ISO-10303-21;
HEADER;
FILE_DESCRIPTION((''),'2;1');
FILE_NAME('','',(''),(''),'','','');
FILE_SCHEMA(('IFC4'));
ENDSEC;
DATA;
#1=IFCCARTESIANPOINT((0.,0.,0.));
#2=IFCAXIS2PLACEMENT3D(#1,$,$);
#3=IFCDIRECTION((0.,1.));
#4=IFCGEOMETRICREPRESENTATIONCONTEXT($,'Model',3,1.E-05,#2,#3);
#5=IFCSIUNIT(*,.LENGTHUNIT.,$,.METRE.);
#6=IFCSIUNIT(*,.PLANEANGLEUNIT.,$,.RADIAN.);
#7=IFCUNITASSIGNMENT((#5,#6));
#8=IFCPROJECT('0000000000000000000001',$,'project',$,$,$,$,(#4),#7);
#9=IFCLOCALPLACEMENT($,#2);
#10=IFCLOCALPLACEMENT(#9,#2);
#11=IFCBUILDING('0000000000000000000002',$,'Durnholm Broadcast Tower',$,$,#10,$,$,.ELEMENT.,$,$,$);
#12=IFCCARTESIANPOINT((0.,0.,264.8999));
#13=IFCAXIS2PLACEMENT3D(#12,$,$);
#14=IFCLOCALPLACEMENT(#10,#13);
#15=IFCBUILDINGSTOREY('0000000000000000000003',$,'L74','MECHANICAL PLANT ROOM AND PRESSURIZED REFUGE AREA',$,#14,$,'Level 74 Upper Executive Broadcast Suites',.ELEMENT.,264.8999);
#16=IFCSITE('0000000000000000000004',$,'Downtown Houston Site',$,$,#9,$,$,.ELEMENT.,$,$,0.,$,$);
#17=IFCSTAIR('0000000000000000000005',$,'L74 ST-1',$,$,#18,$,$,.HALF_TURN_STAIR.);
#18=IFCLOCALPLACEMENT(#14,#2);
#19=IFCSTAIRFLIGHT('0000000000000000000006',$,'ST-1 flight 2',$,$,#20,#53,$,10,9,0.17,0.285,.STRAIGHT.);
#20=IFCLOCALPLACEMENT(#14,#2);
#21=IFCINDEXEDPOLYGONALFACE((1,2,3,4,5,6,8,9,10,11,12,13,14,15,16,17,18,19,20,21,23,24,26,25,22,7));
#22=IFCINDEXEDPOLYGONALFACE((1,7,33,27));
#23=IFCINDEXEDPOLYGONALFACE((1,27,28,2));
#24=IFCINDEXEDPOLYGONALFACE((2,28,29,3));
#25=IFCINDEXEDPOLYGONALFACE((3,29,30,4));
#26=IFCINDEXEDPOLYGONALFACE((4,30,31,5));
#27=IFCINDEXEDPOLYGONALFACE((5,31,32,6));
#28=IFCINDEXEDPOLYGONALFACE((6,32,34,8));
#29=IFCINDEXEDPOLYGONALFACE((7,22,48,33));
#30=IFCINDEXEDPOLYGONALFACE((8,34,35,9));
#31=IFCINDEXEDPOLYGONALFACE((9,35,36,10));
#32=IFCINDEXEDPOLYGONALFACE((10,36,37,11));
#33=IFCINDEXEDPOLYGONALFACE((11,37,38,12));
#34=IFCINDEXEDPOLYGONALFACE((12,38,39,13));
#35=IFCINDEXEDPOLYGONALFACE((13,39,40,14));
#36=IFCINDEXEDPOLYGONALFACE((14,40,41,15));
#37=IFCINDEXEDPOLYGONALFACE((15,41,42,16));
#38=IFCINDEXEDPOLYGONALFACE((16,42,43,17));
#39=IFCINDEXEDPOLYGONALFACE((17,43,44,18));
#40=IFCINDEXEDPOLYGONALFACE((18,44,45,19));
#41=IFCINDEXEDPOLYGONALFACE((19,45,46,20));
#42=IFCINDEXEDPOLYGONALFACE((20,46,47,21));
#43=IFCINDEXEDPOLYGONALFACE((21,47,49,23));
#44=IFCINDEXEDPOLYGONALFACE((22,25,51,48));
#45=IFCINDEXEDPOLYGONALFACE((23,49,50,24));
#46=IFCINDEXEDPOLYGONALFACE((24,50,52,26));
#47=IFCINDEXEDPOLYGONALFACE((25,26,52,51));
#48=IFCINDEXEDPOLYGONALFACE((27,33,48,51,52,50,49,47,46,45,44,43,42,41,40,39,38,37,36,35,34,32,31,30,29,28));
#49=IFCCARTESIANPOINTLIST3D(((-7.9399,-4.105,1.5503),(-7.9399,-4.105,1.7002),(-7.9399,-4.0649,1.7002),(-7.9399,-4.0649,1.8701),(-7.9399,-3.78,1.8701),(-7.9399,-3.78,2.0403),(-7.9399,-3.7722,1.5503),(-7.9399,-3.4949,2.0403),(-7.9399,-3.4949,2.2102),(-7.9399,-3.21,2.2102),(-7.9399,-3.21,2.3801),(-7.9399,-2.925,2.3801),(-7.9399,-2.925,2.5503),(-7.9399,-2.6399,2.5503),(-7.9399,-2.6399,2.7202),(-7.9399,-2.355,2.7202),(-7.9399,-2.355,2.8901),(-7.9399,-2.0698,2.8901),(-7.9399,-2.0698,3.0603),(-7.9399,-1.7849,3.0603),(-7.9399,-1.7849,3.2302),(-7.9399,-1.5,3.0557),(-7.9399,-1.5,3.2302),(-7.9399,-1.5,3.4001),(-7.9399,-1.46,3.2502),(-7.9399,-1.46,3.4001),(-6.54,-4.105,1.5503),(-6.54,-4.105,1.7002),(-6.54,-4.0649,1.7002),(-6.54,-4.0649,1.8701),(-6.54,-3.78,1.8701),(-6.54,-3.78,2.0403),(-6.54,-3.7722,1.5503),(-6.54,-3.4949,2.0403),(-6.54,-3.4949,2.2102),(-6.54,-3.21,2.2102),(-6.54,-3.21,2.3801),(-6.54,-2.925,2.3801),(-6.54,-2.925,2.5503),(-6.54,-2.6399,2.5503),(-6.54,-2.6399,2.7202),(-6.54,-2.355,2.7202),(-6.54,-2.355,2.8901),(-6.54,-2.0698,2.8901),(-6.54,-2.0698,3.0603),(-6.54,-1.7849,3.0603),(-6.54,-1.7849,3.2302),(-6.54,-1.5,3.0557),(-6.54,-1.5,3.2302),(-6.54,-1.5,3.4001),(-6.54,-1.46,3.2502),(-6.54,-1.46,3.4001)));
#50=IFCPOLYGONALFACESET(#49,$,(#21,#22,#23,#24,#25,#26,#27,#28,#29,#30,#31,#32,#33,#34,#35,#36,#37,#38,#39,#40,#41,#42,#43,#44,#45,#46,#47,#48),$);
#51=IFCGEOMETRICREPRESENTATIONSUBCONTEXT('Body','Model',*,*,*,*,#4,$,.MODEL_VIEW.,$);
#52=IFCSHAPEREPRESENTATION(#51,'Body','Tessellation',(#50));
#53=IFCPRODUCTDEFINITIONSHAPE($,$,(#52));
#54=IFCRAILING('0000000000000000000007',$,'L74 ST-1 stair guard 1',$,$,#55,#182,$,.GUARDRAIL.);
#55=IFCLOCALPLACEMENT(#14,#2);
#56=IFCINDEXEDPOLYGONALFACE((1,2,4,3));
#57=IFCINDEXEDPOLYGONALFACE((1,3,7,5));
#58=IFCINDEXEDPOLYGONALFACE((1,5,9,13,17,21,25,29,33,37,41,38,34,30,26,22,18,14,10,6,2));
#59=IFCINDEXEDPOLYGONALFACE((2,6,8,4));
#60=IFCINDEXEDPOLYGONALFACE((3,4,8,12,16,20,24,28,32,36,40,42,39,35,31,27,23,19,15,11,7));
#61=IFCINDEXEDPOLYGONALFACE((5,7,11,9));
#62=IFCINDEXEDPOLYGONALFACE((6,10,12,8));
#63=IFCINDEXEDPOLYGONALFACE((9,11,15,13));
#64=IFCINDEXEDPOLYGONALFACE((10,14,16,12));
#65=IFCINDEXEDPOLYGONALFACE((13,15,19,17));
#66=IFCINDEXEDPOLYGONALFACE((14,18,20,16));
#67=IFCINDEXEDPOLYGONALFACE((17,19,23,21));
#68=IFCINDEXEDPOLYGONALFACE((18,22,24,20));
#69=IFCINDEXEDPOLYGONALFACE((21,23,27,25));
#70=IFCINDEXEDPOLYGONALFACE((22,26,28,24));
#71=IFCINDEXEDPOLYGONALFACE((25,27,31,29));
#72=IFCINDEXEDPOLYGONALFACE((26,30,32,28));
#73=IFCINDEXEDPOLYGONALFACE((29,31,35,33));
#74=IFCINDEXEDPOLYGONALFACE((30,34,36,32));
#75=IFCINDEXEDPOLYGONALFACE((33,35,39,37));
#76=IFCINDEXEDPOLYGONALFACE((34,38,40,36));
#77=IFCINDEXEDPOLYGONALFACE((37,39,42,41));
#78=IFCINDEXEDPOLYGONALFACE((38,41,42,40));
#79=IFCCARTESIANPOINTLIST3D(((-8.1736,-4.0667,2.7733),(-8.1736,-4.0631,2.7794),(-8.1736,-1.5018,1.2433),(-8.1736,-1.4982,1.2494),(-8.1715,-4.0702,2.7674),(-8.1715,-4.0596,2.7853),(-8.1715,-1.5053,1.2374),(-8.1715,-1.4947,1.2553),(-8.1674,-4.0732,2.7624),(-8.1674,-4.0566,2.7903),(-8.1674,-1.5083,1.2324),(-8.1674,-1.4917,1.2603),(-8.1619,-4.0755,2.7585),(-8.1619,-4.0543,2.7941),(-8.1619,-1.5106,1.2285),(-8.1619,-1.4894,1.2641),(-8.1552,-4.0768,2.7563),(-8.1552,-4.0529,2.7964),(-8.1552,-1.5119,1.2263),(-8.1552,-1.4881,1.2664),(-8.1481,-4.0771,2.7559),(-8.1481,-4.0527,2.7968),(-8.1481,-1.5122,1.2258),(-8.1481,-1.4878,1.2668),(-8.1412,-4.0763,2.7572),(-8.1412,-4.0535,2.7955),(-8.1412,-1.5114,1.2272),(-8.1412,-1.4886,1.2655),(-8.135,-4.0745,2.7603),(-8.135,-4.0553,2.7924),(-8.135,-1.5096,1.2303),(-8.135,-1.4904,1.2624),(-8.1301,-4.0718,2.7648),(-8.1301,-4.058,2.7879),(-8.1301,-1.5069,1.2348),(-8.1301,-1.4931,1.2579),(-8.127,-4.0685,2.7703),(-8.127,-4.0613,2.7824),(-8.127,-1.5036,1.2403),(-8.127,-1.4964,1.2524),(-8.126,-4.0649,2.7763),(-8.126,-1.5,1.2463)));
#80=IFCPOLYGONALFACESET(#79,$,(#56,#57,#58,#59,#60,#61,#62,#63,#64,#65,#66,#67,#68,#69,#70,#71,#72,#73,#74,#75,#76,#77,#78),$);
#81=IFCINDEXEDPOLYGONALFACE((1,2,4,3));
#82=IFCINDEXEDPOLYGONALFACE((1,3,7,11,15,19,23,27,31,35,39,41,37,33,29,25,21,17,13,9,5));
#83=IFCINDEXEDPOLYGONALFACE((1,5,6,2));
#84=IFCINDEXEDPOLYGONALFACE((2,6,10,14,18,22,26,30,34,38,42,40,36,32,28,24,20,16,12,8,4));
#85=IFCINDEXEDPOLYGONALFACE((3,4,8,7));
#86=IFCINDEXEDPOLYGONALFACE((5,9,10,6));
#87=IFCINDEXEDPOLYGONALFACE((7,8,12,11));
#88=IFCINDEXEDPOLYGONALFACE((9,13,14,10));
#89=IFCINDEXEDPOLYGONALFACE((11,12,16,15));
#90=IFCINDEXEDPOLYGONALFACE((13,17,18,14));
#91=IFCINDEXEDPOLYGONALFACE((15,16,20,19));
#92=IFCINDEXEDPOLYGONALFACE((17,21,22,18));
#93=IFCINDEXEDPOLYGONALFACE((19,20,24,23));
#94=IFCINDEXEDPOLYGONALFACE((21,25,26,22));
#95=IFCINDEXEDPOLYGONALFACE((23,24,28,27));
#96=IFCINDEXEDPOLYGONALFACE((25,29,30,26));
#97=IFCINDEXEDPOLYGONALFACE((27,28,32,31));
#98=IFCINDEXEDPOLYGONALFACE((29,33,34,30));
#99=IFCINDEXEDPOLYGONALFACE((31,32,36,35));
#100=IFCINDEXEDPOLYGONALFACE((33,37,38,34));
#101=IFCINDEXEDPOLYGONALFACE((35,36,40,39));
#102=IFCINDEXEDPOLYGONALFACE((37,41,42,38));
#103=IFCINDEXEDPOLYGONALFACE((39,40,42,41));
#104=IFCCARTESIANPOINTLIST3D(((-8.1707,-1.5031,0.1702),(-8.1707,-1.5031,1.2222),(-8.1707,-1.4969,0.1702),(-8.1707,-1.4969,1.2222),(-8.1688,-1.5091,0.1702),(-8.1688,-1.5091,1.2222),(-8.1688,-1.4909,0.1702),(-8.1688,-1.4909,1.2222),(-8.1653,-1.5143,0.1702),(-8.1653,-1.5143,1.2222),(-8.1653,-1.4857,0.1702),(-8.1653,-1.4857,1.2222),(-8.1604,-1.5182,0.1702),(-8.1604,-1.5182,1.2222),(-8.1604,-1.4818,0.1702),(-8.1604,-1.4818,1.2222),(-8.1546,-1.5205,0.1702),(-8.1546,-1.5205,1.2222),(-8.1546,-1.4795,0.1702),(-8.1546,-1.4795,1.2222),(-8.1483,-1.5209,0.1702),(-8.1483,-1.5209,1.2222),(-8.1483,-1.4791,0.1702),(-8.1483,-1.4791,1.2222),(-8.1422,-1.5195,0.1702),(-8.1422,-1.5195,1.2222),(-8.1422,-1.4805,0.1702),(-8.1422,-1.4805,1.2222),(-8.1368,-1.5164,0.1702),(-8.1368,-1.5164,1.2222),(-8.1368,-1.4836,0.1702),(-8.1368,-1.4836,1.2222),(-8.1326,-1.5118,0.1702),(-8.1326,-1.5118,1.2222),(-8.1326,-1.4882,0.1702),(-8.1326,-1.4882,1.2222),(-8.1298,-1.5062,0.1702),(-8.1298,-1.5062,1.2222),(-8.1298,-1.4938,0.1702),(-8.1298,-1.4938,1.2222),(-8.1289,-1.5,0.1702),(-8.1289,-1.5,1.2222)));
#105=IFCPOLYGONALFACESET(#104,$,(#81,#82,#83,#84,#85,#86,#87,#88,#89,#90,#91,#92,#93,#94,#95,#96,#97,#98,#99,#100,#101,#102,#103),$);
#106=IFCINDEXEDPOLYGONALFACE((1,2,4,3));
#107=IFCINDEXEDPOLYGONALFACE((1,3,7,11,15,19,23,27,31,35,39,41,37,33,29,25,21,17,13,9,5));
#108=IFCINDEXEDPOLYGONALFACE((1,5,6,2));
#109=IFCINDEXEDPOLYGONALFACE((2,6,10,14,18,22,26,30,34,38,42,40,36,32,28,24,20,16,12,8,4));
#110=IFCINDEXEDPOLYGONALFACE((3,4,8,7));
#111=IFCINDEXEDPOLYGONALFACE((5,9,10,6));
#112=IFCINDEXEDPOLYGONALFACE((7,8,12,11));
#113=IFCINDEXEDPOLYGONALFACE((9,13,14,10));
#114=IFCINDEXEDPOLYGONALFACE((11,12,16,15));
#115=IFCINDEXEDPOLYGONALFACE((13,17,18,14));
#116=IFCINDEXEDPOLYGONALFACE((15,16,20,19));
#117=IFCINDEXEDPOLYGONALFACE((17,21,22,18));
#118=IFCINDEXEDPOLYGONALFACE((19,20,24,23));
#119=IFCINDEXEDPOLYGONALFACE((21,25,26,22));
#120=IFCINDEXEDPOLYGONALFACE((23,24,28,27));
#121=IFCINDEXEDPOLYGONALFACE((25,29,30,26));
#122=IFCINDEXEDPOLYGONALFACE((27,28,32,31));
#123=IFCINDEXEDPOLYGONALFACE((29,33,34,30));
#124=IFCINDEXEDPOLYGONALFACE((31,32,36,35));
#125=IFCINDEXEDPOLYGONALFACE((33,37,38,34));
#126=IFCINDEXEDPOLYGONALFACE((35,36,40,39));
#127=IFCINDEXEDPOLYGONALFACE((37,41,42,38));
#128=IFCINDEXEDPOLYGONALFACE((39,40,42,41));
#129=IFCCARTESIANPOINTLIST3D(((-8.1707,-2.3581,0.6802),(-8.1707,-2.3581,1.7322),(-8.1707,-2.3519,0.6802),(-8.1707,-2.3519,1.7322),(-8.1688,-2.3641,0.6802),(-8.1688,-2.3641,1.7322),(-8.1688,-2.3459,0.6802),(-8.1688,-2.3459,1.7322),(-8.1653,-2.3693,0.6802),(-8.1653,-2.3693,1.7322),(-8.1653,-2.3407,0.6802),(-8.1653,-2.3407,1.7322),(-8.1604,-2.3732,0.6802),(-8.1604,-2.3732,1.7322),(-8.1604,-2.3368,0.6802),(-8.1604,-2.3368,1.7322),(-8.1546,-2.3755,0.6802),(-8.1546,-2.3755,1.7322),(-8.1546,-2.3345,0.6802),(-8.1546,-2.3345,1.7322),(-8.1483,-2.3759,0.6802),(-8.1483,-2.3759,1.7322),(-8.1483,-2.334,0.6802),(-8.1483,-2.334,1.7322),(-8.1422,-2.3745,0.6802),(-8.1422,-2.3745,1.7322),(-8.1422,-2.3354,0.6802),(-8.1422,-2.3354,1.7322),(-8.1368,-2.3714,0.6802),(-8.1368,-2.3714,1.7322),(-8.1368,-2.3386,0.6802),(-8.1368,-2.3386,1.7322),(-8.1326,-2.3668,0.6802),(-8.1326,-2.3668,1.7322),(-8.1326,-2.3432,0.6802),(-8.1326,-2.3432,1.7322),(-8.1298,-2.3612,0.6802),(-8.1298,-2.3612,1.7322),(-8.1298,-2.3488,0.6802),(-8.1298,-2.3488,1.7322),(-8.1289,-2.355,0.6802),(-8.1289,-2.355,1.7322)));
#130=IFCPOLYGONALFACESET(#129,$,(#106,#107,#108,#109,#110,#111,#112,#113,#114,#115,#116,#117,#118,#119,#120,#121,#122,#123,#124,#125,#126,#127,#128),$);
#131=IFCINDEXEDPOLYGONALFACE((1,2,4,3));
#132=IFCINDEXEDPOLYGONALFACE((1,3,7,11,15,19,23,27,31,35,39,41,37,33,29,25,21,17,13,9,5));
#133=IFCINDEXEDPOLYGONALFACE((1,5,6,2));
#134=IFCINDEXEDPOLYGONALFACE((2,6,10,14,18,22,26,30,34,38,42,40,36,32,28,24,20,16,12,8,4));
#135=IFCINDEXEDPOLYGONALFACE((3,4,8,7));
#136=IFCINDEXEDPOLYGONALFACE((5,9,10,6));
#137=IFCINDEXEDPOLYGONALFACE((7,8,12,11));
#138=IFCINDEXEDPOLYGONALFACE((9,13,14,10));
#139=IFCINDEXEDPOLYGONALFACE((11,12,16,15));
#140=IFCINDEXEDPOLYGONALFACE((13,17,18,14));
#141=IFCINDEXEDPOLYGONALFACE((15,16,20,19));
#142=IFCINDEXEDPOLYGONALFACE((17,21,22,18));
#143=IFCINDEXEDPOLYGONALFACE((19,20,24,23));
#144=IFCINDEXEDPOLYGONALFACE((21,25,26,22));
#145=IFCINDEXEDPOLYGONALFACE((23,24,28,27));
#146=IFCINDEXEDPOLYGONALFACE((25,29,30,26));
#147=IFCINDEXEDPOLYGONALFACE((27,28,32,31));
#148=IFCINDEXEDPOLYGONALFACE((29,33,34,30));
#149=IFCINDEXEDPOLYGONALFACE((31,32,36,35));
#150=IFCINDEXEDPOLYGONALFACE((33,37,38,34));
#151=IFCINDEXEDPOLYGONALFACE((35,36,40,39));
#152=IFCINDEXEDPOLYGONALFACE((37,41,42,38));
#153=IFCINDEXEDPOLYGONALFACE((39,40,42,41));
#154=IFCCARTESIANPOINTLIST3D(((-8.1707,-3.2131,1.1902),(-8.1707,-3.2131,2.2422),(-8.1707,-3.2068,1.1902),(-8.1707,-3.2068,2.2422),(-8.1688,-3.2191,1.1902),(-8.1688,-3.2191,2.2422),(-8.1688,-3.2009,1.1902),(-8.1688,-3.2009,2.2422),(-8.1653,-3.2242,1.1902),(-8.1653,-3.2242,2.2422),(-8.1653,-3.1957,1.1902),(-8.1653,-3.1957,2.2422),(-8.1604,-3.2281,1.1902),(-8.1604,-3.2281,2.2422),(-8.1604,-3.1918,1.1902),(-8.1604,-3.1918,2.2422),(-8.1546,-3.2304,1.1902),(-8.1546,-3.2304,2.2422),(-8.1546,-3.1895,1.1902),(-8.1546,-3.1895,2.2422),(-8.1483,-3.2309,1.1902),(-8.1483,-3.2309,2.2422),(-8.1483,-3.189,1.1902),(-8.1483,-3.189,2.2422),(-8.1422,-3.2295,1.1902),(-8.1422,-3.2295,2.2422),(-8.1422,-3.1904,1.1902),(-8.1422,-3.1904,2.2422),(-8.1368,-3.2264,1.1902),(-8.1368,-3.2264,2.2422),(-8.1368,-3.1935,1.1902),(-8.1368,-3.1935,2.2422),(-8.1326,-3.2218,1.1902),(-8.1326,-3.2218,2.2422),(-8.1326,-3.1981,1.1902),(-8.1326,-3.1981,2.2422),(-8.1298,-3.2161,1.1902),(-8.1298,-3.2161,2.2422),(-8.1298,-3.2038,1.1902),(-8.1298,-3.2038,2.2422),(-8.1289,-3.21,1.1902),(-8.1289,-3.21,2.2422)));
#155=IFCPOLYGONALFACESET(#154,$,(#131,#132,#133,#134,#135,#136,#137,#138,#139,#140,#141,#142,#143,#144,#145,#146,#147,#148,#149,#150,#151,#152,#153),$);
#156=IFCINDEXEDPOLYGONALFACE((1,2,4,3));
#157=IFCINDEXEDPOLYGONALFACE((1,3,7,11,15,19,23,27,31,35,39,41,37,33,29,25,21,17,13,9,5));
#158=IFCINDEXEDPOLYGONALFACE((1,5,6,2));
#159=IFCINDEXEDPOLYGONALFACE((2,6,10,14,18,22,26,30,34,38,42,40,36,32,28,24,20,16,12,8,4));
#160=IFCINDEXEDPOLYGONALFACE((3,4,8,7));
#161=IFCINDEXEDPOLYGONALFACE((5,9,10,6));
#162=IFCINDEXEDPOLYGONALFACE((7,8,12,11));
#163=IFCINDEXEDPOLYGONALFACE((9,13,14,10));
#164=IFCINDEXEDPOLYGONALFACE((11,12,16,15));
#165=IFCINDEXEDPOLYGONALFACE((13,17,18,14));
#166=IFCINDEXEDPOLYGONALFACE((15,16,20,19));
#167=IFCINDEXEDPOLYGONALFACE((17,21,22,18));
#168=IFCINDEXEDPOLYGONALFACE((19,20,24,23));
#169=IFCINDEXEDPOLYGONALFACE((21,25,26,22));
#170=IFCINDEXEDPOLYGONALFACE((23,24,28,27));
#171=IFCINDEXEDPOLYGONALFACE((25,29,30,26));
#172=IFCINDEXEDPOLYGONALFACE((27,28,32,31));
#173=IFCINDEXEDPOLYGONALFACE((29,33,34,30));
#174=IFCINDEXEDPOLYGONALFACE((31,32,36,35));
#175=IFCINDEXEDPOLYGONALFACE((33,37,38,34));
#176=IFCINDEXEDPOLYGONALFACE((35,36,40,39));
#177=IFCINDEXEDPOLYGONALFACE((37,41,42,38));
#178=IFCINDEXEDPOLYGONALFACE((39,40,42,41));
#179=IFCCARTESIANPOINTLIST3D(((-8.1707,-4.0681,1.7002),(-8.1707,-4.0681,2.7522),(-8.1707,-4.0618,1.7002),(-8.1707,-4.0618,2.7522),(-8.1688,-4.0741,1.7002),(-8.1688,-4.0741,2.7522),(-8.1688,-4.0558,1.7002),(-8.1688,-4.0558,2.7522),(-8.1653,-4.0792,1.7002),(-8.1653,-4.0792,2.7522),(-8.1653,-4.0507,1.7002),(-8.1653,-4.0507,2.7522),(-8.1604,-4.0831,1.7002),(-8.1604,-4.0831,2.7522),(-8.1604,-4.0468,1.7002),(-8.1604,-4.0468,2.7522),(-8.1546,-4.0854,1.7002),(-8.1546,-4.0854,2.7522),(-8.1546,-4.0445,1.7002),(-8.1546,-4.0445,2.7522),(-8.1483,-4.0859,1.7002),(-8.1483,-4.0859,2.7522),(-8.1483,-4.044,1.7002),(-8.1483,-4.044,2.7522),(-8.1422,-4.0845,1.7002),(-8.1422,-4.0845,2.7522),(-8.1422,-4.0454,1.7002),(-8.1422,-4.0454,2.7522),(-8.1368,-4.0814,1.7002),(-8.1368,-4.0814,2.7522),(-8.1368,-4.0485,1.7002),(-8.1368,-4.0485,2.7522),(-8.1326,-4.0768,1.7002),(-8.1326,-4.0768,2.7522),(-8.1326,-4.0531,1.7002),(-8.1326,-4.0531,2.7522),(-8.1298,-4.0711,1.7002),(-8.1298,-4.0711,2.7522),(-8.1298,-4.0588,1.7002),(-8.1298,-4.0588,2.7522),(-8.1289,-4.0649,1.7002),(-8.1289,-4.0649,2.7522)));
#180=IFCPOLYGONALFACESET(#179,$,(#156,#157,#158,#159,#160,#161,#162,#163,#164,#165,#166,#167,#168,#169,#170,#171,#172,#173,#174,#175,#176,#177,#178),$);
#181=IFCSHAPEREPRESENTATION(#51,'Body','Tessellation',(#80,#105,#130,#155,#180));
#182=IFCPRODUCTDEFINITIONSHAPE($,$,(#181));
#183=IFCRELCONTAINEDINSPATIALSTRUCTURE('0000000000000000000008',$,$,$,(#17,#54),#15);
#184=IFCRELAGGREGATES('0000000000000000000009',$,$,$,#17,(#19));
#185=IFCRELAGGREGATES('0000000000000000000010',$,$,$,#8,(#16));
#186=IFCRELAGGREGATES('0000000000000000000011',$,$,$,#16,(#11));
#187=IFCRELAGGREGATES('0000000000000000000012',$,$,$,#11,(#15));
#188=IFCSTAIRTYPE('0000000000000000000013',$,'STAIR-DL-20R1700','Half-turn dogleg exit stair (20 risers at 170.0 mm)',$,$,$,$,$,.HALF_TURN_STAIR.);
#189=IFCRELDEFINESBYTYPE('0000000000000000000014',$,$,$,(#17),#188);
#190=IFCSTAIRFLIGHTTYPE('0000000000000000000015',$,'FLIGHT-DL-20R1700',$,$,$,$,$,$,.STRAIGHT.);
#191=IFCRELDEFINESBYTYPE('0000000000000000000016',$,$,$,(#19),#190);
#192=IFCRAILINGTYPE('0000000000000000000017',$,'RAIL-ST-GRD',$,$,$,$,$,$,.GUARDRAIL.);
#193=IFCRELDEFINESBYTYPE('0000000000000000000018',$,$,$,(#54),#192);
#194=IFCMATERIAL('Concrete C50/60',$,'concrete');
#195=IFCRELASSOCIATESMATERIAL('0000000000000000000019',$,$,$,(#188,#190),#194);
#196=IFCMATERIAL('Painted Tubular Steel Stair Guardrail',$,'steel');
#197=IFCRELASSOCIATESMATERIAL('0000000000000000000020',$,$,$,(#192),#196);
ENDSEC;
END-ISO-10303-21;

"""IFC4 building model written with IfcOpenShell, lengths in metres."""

from ifc_helpers import new_model, si_unit, direction, frame, origin, origin_2d, place, context, subcontext, project, spatial, polyline, circle, outline, extrude, material, type_object, element, aggregate, save


model = new_model("IFC4")

# Units and contexts
model_context = context("Model", 3, precision=1e-05, world=origin(), true_north=direction((0.0, 1.0)))
body_context = subcontext(model_context, "Body", "Model", "MODEL_VIEW")
ifc_project = project(units=[si_unit("LENGTHUNIT", "METRE"), si_unit("PLANEANGLEUNIT", "RADIAN")], contexts=[model_context])

# Site, building, storey
site_placement = place(None, origin())
site = spatial("IfcSite", under=ifc_project, at=site_placement, Name="Downtown Houston Site", CompositionType="ELEMENT", RefElevation=0.0)
building_placement = place(site_placement, origin())
building = spatial("IfcBuilding", under=site, at=building_placement, Name="Durnholm Broadcast Tower", CompositionType="ELEMENT")
storey_placement = place(building_placement, frame((0.0, 0.0, 264.8999)))
storey = spatial("IfcBuildingStorey", under=building, at=storey_placement, Name="L74", Description="MECHANICAL PLANT ROOM AND PRESSURIZED REFUGE AREA", LongName="Level 74 Upper Executive Broadcast Suites", CompositionType="ELEMENT", Elevation=264.8999)

# Shared definitions
ifc_material_1 = material(Name="Concrete C50/60", Category="concrete")

# Stair, stair flight
stair_type = type_object("IfcStairType", Name="STAIR-DL-20R1700", Description="Half-turn dogleg exit stair (20 risers at 170.0 mm)", PredefinedType="HALF_TURN_STAIR", material=ifc_material_1)
stair_placement = place(storey_placement, origin())
stair = element("IfcStair", 1, at=stair_placement, inside=storey, type_object=stair_type, Name="L74 ST-1", PredefinedType="HALF_TURN_STAIR")
stair_flight_type = type_object("IfcStairFlightType", Name="FLIGHT-DL-20R1700", PredefinedType="STRAIGHT", material=ifc_material_1)
stair_flight_1_placement = place(storey_placement, frame((-7.24, -4.0649, 1.7002), z_axis=(0.0, 0.0, 1.0), x_axis=(0.0, 1.0, 0.0)))
stair_flight_1 = element("IfcStairFlight", 2, at=stair_flight_1_placement, type_object=stair_flight_type, Name="ST-1 flight 2", NumberOfRisers=10, NumberOfTreads=9, PredefinedType="STRAIGHT", RiserHeight=0.17, TreadLength=0.285, context=body_context, shape_type="SweptSolid", body=[
    extrude(outline(polyline([(-0.04, -0.1499), (-0.04, 0.0), (0.0, 0.0), (0.0, 0.1699), (0.2849, 0.1699), (0.2849, 0.3401), (0.5701, 0.3401), (0.5701, 0.51), (0.855, 0.51), (0.855, 0.6799), (1.1399, 0.6799), (1.1399, 0.8501), (1.425, 0.8501), (1.425, 1.02), (1.71, 1.02), (1.71, 1.1899), (1.9951, 1.1899), (1.9951, 1.3601), (2.28, 1.3601), (2.28, 1.53), (2.5649, 1.53), (2.5649, 1.7), (2.605, 1.7), (2.605, 1.55), (2.5649, 1.3555), (0.2927, -0.1499), (-0.04, -0.1499)])), frame((0.0, 0.7, 0.0), z_axis=(0.0, -1.0, 0.0), x_axis=(1.0, 0.0, 0.0)), (0.0, 0.0, 1.0), 1.3999),
])
aggregate(stair, [stair_flight_1])

# Railing
ifc_material_2 = material(Name="Painted Tubular Steel Stair Guardrail", Category="steel")
railing_type_1 = type_object("IfcRailingType", Name="RAIL-ST-GRD", PredefinedType="GUARDRAIL", material=ifc_material_2)
railing_1_placement = place(storey_placement, frame((-8.1499, -1.5, 0.1702)))
element("IfcRailing", 3, at=railing_1_placement, inside=storey, type_object=railing_type_1, Name="L74 ST-1 stair guard 1", PredefinedType="GUARDRAIL", context=body_context, shape_type="SweptSolid", body=[
    extrude(circle(Radius=0.0239, at=origin_2d()), frame((0.0, 0.0, 1.0762), z_axis=(0.0, -0.85881, 0.512294), x_axis=(1.0, 0.0, 0.0)), (0.0, 0.0, 1.0), 2.9866),
    extrude(circle(Radius=0.021, at=origin_2d()), origin(), (0.0, 0.0, 1.0), 1.052),
    extrude(circle(Radius=0.021, at=origin_2d()), frame((0.0, -0.855, 0.51)), (0.0, 0.0, 1.0), 1.052),
    extrude(circle(Radius=0.021, at=origin_2d()), frame((0.0, -1.71, 1.02)), (0.0, 0.0, 1.0), 1.052),
    extrude(circle(Radius=0.021, at=origin_2d()), frame((0.0, -2.5649, 1.53)), (0.0, 0.0, 1.0), 1.052),
])

save(model, "model.ifc")
